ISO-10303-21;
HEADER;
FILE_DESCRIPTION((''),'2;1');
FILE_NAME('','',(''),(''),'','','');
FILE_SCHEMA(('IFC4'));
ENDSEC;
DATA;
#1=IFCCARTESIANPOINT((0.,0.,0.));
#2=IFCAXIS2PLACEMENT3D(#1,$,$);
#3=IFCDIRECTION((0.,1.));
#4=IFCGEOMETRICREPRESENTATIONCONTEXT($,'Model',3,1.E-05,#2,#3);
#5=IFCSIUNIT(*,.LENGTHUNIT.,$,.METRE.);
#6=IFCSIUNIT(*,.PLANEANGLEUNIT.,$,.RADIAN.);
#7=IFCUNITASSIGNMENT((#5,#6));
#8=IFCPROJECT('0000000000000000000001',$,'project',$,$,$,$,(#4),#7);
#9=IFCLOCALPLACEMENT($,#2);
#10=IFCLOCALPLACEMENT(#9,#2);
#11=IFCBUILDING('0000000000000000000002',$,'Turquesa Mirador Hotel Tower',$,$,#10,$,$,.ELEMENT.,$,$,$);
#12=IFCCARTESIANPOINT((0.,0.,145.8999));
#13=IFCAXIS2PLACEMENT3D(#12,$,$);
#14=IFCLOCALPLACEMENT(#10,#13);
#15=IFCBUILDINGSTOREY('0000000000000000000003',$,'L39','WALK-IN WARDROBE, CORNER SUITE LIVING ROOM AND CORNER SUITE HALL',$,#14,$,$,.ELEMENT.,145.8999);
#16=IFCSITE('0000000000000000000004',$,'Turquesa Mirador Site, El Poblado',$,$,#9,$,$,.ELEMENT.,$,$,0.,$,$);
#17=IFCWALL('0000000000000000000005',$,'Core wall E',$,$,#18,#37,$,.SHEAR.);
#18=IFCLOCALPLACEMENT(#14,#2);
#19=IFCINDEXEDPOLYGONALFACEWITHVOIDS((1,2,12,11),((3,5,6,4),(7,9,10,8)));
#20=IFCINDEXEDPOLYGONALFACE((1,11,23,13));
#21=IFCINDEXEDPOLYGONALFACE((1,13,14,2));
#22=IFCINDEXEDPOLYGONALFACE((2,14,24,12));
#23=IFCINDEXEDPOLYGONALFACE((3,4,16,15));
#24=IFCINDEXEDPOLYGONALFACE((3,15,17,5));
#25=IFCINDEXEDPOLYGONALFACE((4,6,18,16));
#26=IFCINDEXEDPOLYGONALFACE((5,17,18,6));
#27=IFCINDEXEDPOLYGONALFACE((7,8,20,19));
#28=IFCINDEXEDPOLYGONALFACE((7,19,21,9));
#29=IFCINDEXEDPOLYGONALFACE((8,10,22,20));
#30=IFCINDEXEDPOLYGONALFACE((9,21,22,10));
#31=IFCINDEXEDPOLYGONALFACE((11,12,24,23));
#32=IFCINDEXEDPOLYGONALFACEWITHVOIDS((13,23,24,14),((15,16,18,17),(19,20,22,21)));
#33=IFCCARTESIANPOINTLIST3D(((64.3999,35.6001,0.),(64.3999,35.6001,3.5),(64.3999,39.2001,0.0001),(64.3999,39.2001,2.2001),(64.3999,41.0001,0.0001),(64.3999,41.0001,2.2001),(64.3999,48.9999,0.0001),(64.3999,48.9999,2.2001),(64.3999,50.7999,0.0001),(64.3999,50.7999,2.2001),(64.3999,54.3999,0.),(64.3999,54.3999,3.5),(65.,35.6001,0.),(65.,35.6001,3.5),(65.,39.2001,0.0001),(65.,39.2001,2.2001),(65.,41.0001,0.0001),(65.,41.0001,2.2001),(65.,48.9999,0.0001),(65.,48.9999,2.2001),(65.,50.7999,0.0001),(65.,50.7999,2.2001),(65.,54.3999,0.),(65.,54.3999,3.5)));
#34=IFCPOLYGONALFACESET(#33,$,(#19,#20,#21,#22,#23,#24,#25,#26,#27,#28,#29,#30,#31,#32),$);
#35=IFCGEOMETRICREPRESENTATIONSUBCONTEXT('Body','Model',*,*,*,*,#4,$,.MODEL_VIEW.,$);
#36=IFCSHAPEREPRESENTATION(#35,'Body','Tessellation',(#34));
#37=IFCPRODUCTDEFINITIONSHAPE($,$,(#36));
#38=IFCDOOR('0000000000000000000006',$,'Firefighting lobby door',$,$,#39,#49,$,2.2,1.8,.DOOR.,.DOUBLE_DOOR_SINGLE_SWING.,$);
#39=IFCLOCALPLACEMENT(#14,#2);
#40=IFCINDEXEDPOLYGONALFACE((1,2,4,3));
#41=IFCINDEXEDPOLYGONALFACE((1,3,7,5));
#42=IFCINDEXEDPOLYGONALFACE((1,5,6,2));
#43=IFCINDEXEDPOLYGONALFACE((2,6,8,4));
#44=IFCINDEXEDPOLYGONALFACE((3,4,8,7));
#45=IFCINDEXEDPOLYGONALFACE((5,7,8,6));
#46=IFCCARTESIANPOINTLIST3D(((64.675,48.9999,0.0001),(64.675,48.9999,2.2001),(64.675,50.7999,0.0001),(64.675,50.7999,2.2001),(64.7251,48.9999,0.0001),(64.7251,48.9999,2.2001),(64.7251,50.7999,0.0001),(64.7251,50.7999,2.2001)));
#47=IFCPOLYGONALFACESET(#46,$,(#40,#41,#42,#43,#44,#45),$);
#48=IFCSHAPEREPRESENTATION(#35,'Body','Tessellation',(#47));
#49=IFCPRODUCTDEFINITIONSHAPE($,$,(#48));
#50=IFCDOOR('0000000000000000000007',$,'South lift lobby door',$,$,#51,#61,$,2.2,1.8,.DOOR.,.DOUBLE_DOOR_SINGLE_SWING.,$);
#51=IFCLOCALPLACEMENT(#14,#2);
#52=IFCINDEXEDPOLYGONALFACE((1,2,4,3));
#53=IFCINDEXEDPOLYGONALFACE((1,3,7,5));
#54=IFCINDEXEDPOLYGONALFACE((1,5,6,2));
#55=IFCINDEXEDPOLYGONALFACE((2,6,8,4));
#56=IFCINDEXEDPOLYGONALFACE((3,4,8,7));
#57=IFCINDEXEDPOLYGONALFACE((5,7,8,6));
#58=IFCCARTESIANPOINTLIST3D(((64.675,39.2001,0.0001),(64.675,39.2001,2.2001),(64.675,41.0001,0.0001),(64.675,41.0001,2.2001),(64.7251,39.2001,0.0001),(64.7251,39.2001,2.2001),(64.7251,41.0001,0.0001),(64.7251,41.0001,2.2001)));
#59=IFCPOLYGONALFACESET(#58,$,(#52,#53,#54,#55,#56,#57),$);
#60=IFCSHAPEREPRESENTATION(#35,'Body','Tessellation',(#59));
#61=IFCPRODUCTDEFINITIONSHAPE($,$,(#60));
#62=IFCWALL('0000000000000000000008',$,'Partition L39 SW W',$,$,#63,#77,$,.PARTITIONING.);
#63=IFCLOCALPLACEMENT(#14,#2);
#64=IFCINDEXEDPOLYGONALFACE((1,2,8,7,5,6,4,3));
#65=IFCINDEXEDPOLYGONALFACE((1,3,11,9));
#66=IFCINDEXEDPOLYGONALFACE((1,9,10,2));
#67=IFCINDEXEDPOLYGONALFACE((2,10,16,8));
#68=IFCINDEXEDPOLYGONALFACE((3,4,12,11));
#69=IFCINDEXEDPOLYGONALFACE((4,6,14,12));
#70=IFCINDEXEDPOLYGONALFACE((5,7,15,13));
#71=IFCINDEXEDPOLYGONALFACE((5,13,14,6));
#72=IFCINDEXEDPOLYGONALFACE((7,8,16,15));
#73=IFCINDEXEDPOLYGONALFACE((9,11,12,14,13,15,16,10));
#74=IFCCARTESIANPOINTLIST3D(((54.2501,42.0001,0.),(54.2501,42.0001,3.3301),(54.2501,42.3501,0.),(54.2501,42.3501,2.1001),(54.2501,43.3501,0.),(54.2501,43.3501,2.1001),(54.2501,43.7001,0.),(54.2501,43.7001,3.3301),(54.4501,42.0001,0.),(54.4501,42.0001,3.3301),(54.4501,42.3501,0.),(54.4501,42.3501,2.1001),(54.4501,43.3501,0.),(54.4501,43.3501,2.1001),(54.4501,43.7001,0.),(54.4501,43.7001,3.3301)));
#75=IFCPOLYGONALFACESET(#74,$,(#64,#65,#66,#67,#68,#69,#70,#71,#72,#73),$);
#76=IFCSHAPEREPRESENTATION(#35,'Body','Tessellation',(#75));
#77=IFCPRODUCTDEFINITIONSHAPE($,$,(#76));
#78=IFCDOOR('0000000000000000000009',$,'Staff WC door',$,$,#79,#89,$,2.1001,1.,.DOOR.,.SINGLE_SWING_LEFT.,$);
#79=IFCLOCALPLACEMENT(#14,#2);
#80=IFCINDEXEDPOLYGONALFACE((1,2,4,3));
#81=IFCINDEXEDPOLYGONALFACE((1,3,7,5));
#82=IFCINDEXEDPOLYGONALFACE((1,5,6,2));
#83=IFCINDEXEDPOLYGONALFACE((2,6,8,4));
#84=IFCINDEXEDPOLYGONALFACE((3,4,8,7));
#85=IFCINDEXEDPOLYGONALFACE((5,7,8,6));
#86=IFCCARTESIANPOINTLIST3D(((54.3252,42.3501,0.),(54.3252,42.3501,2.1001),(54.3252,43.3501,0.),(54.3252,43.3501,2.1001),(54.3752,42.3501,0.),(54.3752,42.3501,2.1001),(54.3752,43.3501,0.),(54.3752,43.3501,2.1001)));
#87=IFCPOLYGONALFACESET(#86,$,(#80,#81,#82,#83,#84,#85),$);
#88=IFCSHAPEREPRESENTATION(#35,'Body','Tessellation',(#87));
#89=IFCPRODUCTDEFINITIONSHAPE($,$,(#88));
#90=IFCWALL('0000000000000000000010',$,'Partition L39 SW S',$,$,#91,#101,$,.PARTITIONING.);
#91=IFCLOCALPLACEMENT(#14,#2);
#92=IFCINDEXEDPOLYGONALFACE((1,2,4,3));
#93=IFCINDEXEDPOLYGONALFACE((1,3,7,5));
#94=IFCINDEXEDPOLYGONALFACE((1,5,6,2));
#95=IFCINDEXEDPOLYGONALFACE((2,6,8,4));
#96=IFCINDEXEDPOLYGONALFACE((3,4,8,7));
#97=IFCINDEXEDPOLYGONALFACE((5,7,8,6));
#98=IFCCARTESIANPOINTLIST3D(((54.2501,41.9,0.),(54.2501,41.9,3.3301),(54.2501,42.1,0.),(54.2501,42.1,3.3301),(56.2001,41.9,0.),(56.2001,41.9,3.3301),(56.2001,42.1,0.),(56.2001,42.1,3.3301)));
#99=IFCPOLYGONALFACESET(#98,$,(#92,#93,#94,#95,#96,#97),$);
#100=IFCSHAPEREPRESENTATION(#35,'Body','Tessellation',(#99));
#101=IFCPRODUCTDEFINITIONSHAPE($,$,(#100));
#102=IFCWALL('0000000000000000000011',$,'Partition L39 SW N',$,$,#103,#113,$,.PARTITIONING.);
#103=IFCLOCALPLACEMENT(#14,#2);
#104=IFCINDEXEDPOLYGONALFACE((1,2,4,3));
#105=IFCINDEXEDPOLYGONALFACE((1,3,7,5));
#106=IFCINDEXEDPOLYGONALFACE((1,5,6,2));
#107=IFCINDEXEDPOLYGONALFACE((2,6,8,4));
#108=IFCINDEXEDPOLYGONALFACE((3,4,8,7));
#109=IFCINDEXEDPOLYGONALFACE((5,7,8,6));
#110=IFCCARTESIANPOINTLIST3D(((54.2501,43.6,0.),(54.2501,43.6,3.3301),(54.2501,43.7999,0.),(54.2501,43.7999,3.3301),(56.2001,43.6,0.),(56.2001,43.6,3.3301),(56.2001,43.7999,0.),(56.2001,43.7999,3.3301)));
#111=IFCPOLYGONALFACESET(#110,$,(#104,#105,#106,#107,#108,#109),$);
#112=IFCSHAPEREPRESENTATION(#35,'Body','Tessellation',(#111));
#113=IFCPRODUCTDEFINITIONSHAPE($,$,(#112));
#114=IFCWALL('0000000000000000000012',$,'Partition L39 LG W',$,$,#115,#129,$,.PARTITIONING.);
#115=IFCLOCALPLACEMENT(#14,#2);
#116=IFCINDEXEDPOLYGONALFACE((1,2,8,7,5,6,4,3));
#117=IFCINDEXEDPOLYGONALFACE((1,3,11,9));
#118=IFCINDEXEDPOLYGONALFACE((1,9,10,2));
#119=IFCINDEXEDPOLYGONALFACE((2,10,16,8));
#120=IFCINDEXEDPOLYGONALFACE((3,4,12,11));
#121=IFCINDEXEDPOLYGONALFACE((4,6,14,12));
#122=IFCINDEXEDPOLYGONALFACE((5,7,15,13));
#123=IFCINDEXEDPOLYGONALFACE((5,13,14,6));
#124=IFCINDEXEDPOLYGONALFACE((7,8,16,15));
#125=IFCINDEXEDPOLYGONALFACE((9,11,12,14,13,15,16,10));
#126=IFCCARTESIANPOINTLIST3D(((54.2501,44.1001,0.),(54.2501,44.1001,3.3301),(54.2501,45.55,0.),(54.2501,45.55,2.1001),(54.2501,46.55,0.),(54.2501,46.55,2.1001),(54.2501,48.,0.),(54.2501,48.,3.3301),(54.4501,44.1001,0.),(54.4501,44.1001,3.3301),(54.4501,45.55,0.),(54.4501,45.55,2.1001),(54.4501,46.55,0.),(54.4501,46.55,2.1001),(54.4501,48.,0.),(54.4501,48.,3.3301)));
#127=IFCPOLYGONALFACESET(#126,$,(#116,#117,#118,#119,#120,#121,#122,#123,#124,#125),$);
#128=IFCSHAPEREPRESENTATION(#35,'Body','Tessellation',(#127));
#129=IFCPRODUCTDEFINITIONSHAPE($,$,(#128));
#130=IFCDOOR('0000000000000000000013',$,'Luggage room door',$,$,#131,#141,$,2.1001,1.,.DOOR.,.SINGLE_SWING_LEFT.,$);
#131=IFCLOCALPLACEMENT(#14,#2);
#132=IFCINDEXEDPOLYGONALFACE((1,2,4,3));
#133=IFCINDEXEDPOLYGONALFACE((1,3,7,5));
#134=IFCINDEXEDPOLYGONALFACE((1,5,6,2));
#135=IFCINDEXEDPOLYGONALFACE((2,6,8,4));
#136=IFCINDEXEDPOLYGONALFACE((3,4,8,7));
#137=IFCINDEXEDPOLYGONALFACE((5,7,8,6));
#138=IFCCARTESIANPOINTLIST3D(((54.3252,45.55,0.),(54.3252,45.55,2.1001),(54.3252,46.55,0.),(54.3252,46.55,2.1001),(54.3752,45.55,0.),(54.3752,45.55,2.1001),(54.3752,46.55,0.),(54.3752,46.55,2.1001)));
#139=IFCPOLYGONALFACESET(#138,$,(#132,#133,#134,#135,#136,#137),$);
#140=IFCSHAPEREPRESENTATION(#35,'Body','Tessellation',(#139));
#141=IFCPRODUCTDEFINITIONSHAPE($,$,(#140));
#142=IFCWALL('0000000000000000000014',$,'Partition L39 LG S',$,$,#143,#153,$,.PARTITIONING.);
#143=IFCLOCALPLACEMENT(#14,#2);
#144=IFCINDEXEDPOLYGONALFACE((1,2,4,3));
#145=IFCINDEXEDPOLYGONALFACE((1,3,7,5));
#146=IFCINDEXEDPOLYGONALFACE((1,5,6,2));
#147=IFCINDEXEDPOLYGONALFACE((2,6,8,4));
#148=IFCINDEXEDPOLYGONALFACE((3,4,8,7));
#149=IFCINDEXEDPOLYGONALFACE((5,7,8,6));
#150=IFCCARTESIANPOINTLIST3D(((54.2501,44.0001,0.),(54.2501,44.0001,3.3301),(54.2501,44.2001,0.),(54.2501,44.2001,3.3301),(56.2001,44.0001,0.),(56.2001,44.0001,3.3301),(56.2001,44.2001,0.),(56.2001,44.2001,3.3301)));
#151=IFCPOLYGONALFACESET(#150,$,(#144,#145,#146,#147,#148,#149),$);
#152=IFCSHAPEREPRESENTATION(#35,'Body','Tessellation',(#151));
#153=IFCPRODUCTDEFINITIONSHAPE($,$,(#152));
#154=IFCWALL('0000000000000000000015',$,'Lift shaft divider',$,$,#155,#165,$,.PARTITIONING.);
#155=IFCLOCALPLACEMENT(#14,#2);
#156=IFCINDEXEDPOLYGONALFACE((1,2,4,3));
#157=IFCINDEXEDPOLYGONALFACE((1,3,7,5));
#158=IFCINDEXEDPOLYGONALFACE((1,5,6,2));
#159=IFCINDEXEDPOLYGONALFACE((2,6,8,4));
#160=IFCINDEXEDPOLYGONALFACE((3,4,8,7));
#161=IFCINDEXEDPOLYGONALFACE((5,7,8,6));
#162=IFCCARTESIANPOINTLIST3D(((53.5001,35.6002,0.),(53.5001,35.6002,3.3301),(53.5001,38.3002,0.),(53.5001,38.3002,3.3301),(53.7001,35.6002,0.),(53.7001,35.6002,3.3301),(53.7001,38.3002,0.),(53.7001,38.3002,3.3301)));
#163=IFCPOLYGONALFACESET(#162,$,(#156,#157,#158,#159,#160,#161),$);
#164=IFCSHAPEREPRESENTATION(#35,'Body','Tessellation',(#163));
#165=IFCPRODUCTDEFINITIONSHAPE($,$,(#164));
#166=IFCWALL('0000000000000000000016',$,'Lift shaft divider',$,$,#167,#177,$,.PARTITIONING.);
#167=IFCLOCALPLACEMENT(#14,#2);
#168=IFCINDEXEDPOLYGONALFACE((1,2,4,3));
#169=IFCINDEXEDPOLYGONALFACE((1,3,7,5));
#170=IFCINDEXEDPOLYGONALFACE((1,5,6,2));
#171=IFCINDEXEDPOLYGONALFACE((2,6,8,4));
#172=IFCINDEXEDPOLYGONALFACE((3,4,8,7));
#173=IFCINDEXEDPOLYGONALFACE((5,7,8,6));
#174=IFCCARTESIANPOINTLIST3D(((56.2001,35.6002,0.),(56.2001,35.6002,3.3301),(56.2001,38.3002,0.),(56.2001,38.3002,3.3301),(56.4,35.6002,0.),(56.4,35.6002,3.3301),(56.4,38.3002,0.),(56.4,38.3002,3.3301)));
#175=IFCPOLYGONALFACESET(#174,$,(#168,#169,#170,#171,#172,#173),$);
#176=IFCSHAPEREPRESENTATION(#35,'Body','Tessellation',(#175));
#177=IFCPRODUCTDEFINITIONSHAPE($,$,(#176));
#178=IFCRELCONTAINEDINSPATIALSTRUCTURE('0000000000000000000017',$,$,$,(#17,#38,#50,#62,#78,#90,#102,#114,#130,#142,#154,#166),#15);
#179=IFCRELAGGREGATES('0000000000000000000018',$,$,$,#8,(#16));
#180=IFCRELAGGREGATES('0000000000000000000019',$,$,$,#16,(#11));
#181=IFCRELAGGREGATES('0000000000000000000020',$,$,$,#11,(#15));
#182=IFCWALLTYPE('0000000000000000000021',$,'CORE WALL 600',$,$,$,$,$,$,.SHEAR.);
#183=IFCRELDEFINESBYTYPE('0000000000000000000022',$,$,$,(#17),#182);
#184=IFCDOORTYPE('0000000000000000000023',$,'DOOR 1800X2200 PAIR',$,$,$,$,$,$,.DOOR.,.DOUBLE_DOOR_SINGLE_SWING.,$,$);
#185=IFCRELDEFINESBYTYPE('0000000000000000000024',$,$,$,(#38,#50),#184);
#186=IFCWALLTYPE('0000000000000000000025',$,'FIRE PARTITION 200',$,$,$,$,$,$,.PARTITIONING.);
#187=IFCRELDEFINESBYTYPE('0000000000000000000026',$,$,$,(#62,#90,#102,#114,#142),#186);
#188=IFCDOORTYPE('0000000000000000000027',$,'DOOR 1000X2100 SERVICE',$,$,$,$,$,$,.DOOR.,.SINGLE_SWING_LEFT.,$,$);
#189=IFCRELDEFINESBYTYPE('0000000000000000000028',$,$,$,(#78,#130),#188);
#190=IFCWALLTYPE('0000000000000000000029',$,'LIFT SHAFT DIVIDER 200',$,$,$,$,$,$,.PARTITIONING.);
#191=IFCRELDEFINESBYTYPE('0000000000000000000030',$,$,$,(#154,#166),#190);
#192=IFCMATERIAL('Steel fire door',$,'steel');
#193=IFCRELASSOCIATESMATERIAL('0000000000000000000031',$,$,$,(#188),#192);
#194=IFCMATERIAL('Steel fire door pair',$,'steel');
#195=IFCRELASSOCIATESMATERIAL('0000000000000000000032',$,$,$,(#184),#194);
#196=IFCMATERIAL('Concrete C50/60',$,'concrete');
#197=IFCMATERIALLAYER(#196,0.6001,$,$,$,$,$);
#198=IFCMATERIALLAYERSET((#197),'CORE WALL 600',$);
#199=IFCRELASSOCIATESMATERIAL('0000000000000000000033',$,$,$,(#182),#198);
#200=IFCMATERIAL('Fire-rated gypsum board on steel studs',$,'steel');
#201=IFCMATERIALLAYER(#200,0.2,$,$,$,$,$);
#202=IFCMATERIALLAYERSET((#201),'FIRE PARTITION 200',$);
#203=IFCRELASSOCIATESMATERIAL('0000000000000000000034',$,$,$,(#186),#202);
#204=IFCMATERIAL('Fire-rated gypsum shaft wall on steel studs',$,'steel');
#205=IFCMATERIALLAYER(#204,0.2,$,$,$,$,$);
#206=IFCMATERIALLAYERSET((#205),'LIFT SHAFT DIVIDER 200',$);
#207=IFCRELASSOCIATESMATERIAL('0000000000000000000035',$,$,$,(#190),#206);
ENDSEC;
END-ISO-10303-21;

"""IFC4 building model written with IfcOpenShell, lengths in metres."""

from ifc_helpers import new_model, si_unit, direction, frame, frame_2d, origin, place, context, subcontext, project, spatial, rectangle, extrude, material, layer, layer_set, type_object, element, fill, save


model = new_model("IFC4")

# Units and contexts
model_context = context("Model", 3, precision=1e-05, world=origin(), true_north=direction((0.0, 1.0)))
body_context = subcontext(model_context, "Body", "Model", "MODEL_VIEW")
ifc_project = project(units=[si_unit("LENGTHUNIT", "METRE"), si_unit("PLANEANGLEUNIT", "RADIAN")], contexts=[model_context])

# Site, building, storey
site_placement = place(None, origin())
site = spatial("IfcSite", under=ifc_project, at=site_placement, Name="Turquesa Mirador Site, El Poblado", CompositionType="ELEMENT", RefElevation=0.0)
building_placement = place(site_placement, origin())
building = spatial("IfcBuilding", under=site, at=building_placement, Name="Turquesa Mirador Hotel Tower", CompositionType="ELEMENT")
storey_placement = place(building_placement, frame((0.0, 0.0, 145.8999)))
storey = spatial("IfcBuildingStorey", under=building, at=storey_placement, Name="L39", Description="WALK-IN WARDROBE, CORNER SUITE LIVING ROOM AND CORNER SUITE HALL", CompositionType="ELEMENT", Elevation=145.8999)

# Shared definitions
ifc_material_1 = material(Name="Steel fire door", Category="steel")
door_type_1 = type_object("IfcDoorType", Name="DOOR 1000X2100 SERVICE", OperationType="SINGLE_SWING_LEFT", PredefinedType="DOOR", material=ifc_material_1)
ifc_material_2 = material(Name="Steel fire door pair", Category="steel")
door_type_2 = type_object("IfcDoorType", Name="DOOR 1800X2200 PAIR", OperationType="DOUBLE_DOOR_SINGLE_SWING", PredefinedType="DOOR", material=ifc_material_2)

# Wall, openings, doors
ifc_material_3 = material(Name="Concrete C50/60", Category="concrete")
ifc_layer_1 = layer(ifc_material_3, 0.6001)
ifc_layer_set_1 = layer_set([ifc_layer_1], Name="CORE WALL 600")
wall_type_1 = type_object("IfcWallType", Name="CORE WALL 600", PredefinedType="SHEAR", material=ifc_layer_set_1)
wall_1_placement = place(storey_placement, frame((64.7, 35.6001, 0.0), z_axis=(0.0, 0.0, 1.0), x_axis=(0.0, 1.0, 0.0)))
wall_1 = element("IfcWall", 1, at=wall_1_placement, inside=storey, type_object=wall_type_1, Name="Core wall E", PredefinedType="SHEAR", context=body_context, shape_type="SweptSolid", body=[
    extrude(rectangle(XDim=18.7998, YDim=0.6001, at=frame_2d((9.3999, 0.0))), origin(), (0.0, 0.0, 1.0), 3.5),
])
opening_1_placement = place(wall_1_placement, frame((13.3999, 0.0, 0.0)))
opening_1 = element("IfcOpeningElement", 2, at=opening_1_placement, cuts=wall_1, PredefinedType="OPENING", context=body_context, shape_type="SweptSolid", body=[
    extrude(rectangle(XDim=1.8, YDim=2.2, at=frame_2d((0.8999, 1.1001))), frame((0.0, 0.3101, 0.0), z_axis=(0.0, -1.0, 0.0), x_axis=(1.0, 0.0, 0.0)), (0.0, 0.0, 1.0), 0.6201),
])
opening_2_placement = place(wall_1_placement, frame((3.6001, 0.0, 0.0)))
opening_2 = element("IfcOpeningElement", 3, at=opening_2_placement, cuts=wall_1, PredefinedType="OPENING", context=body_context, shape_type="SweptSolid", body=[
    extrude(rectangle(XDim=1.8, YDim=2.2, at=frame_2d((0.8999, 1.1001))), frame((0.0, 0.3101, 0.0), z_axis=(0.0, -1.0, 0.0), x_axis=(1.0, 0.0, 0.0)), (0.0, 0.0, 1.0), 0.6201),
])
door_1_placement = place(opening_1_placement, origin())
door_1 = element("IfcDoor", 4, at=door_1_placement, inside=storey, type_object=door_type_2, Name="Firefighting lobby door", OperationType="DOUBLE_DOOR_SINGLE_SWING", OverallHeight=2.2, OverallWidth=1.8, PredefinedType="DOOR", context=body_context, shape_type="SweptSolid", body=[
    extrude(rectangle(XDim=1.8, YDim=2.2, at=frame_2d((0.8999, 1.1001))), frame((0.0, 0.0249, 0.0), z_axis=(0.0, -1.0, 0.0), x_axis=(1.0, 0.0, 0.0)), (0.0, 0.0, 1.0), 0.05),
])
fill(opening_1, door_1)
door_2_placement = place(opening_2_placement, origin())
door_2 = element("IfcDoor", 5, at=door_2_placement, inside=storey, type_object=door_type_2, Name="South lift lobby door", OperationType="DOUBLE_DOOR_SINGLE_SWING", OverallHeight=2.2, OverallWidth=1.8, PredefinedType="DOOR", context=body_context, shape_type="SweptSolid", body=[
    extrude(rectangle(XDim=1.8, YDim=2.2, at=frame_2d((0.8999, 1.1001))), frame((0.0, 0.0249, 0.0), z_axis=(0.0, -1.0, 0.0), x_axis=(1.0, 0.0, 0.0)), (0.0, 0.0, 1.0), 0.05),
])
fill(opening_2, door_2)

# Wall, opening, door
ifc_material_4 = material(Name="Fire-rated gypsum board on steel studs", Category="steel")
ifc_layer_2 = layer(ifc_material_4, 0.2)
ifc_layer_set_2 = layer_set([ifc_layer_2], Name="FIRE PARTITION 200")
wall_type_2 = type_object("IfcWallType", Name="FIRE PARTITION 200", PredefinedType="PARTITIONING", material=ifc_layer_set_2)
wall_2_placement = place(storey_placement, frame((54.3501, 42.0, 0.0), z_axis=(0.0, 0.0, 1.0), x_axis=(0.0, 1.0, 0.0)))
wall_2 = element("IfcWall", 6, at=wall_2_placement, inside=storey, type_object=wall_type_2, Name="Partition L39 SW W", PredefinedType="PARTITIONING", context=body_context, shape_type="SweptSolid", body=[
    extrude(rectangle(XDim=1.7, YDim=0.2, at=frame_2d((0.8501, 0.0))), origin(), (0.0, 0.0, 1.0), 3.3301),
])
opening_3_placement = place(wall_2_placement, frame((0.3501, 0.0, 0.0)))
opening_3 = element("IfcOpeningElement", 7, at=opening_3_placement, cuts=wall_2, PredefinedType="OPENING", context=body_context, shape_type="SweptSolid", body=[
    extrude(rectangle(XDim=1.0, YDim=2.1001, at=frame_2d((0.5, 1.05))), frame((0.0, 0.1099, 0.0), z_axis=(0.0, -1.0, 0.0), x_axis=(1.0, 0.0, 0.0)), (0.0, 0.0, 1.0), 0.22),
])
door_3_placement = place(opening_3_placement, origin())
door_3 = element("IfcDoor", 8, at=door_3_placement, inside=storey, type_object=door_type_1, Name="Staff WC door", OperationType="SINGLE_SWING_LEFT", OverallHeight=2.1001, OverallWidth=1.0, PredefinedType="DOOR", context=body_context, shape_type="SweptSolid", body=[
    extrude(rectangle(XDim=1.0, YDim=2.1001, at=frame_2d((0.5, 1.05))), frame((0.0, 0.0249, 0.0), z_axis=(0.0, -1.0, 0.0), x_axis=(1.0, 0.0, 0.0)), (0.0, 0.0, 1.0), 0.05),
])
fill(opening_3, door_3)

# Walls
for number, where, z_axis, x_axis, name in (
    (9, (54.25, 42.0, 0.0), (0.0, 0.0, 1.0), (1.0, 0.0, 0.0), "Partition L39 SW S"),
    (10, (54.25, 43.7, 0.0), (0.0, 0.0, 1.0), (1.0, 0.0, 0.0), "Partition L39 SW N"),
):
    element("IfcWall", number, at=place(storey_placement, frame(where, z_axis=z_axis, x_axis=x_axis)), inside=storey, type_object=wall_type_2, Name=name, PredefinedType="PARTITIONING", context=body_context, shape_type="SweptSolid", body=[
        extrude(rectangle(XDim=1.95, YDim=0.2, at=frame_2d((0.9751, 0.0))), origin(), (0.0, 0.0, 1.0), 3.3301),
    ])

# Wall, opening, door
wall_3_placement = place(storey_placement, frame((54.3501, 44.1001, 0.0), z_axis=(0.0, 0.0, 1.0), x_axis=(0.0, 1.0, 0.0)))
wall_3 = element("IfcWall", 11, at=wall_3_placement, inside=storey, type_object=wall_type_2, Name="Partition L39 LG W", PredefinedType="PARTITIONING", context=body_context, shape_type="SweptSolid", body=[
    extrude(rectangle(XDim=3.8999, YDim=0.2, at=frame_2d((1.95, 0.0))), origin(), (0.0, 0.0, 1.0), 3.3301),
])
opening_4_placement = place(wall_3_placement, frame((1.45, 0.0, 0.0)))
opening_4 = element("IfcOpeningElement", 12, at=opening_4_placement, cuts=wall_3, PredefinedType="OPENING", context=body_context, shape_type="SweptSolid", body=[
    extrude(rectangle(XDim=1.0, YDim=2.1001, at=frame_2d((0.5, 1.05))), frame((0.0, 0.1099, 0.0), z_axis=(0.0, -1.0, 0.0), x_axis=(1.0, 0.0, 0.0)), (0.0, 0.0, 1.0), 0.22),
])
door_4_placement = place(opening_4_placement, origin())
door_4 = element("IfcDoor", 13, at=door_4_placement, inside=storey, type_object=door_type_1, Name="Luggage room door", OperationType="SINGLE_SWING_LEFT", OverallHeight=2.1001, OverallWidth=1.0, PredefinedType="DOOR", context=body_context, shape_type="SweptSolid", body=[
    extrude(rectangle(XDim=1.0, YDim=2.1001, at=frame_2d((0.5, 1.05))), frame((0.0, 0.0249, 0.0), z_axis=(0.0, -1.0, 0.0), x_axis=(1.0, 0.0, 0.0)), (0.0, 0.0, 1.0), 0.05),
])
fill(opening_4, door_4)

# Walls
wall_4_placement = place(storey_placement, frame((54.25, 44.1001, 0.0), z_axis=(0.0, 0.0, 1.0), x_axis=(1.0, 0.0, 0.0)))
element("IfcWall", 14, at=wall_4_placement, inside=storey, type_object=wall_type_2, Name="Partition L39 LG S", PredefinedType="PARTITIONING", context=body_context, shape_type="SweptSolid", body=[
    extrude(rectangle(XDim=1.95, YDim=0.2, at=frame_2d((0.9751, 0.0))), origin(), (0.0, 0.0, 1.0), 3.3301),
])
ifc_material_5 = material(Name="Fire-rated gypsum shaft wall on steel studs", Category="steel")
ifc_layer_3 = layer(ifc_material_5, 0.2)
ifc_layer_set_3 = layer_set([ifc_layer_3], Name="LIFT SHAFT DIVIDER 200")
wall_type_3 = type_object("IfcWallType", Name="LIFT SHAFT DIVIDER 200", PredefinedType="PARTITIONING", material=ifc_layer_set_3)
for number, where, z_axis, x_axis, name in (
    (15, (53.6001, 35.6001, 0.0), (0.0, 0.0, 1.0), (0.0, 1.0, 0.0), "Lift shaft divider"),
    (16, (56.3, 35.6001, 0.0), (0.0, 0.0, 1.0), (0.0, 1.0, 0.0), "Lift shaft divider"),
):
    element("IfcWall", number, at=place(storey_placement, frame(where, z_axis=z_axis, x_axis=x_axis)), inside=storey, type_object=wall_type_3, Name=name, PredefinedType="PARTITIONING", context=body_context, shape_type="SweptSolid", body=[
        extrude(rectangle(XDim=2.7, YDim=0.2, at=frame_2d((1.3501, 0.0))), origin(), (0.0, 0.0, 1.0), 3.3301),
    ])

save(model, "model.ifc")
